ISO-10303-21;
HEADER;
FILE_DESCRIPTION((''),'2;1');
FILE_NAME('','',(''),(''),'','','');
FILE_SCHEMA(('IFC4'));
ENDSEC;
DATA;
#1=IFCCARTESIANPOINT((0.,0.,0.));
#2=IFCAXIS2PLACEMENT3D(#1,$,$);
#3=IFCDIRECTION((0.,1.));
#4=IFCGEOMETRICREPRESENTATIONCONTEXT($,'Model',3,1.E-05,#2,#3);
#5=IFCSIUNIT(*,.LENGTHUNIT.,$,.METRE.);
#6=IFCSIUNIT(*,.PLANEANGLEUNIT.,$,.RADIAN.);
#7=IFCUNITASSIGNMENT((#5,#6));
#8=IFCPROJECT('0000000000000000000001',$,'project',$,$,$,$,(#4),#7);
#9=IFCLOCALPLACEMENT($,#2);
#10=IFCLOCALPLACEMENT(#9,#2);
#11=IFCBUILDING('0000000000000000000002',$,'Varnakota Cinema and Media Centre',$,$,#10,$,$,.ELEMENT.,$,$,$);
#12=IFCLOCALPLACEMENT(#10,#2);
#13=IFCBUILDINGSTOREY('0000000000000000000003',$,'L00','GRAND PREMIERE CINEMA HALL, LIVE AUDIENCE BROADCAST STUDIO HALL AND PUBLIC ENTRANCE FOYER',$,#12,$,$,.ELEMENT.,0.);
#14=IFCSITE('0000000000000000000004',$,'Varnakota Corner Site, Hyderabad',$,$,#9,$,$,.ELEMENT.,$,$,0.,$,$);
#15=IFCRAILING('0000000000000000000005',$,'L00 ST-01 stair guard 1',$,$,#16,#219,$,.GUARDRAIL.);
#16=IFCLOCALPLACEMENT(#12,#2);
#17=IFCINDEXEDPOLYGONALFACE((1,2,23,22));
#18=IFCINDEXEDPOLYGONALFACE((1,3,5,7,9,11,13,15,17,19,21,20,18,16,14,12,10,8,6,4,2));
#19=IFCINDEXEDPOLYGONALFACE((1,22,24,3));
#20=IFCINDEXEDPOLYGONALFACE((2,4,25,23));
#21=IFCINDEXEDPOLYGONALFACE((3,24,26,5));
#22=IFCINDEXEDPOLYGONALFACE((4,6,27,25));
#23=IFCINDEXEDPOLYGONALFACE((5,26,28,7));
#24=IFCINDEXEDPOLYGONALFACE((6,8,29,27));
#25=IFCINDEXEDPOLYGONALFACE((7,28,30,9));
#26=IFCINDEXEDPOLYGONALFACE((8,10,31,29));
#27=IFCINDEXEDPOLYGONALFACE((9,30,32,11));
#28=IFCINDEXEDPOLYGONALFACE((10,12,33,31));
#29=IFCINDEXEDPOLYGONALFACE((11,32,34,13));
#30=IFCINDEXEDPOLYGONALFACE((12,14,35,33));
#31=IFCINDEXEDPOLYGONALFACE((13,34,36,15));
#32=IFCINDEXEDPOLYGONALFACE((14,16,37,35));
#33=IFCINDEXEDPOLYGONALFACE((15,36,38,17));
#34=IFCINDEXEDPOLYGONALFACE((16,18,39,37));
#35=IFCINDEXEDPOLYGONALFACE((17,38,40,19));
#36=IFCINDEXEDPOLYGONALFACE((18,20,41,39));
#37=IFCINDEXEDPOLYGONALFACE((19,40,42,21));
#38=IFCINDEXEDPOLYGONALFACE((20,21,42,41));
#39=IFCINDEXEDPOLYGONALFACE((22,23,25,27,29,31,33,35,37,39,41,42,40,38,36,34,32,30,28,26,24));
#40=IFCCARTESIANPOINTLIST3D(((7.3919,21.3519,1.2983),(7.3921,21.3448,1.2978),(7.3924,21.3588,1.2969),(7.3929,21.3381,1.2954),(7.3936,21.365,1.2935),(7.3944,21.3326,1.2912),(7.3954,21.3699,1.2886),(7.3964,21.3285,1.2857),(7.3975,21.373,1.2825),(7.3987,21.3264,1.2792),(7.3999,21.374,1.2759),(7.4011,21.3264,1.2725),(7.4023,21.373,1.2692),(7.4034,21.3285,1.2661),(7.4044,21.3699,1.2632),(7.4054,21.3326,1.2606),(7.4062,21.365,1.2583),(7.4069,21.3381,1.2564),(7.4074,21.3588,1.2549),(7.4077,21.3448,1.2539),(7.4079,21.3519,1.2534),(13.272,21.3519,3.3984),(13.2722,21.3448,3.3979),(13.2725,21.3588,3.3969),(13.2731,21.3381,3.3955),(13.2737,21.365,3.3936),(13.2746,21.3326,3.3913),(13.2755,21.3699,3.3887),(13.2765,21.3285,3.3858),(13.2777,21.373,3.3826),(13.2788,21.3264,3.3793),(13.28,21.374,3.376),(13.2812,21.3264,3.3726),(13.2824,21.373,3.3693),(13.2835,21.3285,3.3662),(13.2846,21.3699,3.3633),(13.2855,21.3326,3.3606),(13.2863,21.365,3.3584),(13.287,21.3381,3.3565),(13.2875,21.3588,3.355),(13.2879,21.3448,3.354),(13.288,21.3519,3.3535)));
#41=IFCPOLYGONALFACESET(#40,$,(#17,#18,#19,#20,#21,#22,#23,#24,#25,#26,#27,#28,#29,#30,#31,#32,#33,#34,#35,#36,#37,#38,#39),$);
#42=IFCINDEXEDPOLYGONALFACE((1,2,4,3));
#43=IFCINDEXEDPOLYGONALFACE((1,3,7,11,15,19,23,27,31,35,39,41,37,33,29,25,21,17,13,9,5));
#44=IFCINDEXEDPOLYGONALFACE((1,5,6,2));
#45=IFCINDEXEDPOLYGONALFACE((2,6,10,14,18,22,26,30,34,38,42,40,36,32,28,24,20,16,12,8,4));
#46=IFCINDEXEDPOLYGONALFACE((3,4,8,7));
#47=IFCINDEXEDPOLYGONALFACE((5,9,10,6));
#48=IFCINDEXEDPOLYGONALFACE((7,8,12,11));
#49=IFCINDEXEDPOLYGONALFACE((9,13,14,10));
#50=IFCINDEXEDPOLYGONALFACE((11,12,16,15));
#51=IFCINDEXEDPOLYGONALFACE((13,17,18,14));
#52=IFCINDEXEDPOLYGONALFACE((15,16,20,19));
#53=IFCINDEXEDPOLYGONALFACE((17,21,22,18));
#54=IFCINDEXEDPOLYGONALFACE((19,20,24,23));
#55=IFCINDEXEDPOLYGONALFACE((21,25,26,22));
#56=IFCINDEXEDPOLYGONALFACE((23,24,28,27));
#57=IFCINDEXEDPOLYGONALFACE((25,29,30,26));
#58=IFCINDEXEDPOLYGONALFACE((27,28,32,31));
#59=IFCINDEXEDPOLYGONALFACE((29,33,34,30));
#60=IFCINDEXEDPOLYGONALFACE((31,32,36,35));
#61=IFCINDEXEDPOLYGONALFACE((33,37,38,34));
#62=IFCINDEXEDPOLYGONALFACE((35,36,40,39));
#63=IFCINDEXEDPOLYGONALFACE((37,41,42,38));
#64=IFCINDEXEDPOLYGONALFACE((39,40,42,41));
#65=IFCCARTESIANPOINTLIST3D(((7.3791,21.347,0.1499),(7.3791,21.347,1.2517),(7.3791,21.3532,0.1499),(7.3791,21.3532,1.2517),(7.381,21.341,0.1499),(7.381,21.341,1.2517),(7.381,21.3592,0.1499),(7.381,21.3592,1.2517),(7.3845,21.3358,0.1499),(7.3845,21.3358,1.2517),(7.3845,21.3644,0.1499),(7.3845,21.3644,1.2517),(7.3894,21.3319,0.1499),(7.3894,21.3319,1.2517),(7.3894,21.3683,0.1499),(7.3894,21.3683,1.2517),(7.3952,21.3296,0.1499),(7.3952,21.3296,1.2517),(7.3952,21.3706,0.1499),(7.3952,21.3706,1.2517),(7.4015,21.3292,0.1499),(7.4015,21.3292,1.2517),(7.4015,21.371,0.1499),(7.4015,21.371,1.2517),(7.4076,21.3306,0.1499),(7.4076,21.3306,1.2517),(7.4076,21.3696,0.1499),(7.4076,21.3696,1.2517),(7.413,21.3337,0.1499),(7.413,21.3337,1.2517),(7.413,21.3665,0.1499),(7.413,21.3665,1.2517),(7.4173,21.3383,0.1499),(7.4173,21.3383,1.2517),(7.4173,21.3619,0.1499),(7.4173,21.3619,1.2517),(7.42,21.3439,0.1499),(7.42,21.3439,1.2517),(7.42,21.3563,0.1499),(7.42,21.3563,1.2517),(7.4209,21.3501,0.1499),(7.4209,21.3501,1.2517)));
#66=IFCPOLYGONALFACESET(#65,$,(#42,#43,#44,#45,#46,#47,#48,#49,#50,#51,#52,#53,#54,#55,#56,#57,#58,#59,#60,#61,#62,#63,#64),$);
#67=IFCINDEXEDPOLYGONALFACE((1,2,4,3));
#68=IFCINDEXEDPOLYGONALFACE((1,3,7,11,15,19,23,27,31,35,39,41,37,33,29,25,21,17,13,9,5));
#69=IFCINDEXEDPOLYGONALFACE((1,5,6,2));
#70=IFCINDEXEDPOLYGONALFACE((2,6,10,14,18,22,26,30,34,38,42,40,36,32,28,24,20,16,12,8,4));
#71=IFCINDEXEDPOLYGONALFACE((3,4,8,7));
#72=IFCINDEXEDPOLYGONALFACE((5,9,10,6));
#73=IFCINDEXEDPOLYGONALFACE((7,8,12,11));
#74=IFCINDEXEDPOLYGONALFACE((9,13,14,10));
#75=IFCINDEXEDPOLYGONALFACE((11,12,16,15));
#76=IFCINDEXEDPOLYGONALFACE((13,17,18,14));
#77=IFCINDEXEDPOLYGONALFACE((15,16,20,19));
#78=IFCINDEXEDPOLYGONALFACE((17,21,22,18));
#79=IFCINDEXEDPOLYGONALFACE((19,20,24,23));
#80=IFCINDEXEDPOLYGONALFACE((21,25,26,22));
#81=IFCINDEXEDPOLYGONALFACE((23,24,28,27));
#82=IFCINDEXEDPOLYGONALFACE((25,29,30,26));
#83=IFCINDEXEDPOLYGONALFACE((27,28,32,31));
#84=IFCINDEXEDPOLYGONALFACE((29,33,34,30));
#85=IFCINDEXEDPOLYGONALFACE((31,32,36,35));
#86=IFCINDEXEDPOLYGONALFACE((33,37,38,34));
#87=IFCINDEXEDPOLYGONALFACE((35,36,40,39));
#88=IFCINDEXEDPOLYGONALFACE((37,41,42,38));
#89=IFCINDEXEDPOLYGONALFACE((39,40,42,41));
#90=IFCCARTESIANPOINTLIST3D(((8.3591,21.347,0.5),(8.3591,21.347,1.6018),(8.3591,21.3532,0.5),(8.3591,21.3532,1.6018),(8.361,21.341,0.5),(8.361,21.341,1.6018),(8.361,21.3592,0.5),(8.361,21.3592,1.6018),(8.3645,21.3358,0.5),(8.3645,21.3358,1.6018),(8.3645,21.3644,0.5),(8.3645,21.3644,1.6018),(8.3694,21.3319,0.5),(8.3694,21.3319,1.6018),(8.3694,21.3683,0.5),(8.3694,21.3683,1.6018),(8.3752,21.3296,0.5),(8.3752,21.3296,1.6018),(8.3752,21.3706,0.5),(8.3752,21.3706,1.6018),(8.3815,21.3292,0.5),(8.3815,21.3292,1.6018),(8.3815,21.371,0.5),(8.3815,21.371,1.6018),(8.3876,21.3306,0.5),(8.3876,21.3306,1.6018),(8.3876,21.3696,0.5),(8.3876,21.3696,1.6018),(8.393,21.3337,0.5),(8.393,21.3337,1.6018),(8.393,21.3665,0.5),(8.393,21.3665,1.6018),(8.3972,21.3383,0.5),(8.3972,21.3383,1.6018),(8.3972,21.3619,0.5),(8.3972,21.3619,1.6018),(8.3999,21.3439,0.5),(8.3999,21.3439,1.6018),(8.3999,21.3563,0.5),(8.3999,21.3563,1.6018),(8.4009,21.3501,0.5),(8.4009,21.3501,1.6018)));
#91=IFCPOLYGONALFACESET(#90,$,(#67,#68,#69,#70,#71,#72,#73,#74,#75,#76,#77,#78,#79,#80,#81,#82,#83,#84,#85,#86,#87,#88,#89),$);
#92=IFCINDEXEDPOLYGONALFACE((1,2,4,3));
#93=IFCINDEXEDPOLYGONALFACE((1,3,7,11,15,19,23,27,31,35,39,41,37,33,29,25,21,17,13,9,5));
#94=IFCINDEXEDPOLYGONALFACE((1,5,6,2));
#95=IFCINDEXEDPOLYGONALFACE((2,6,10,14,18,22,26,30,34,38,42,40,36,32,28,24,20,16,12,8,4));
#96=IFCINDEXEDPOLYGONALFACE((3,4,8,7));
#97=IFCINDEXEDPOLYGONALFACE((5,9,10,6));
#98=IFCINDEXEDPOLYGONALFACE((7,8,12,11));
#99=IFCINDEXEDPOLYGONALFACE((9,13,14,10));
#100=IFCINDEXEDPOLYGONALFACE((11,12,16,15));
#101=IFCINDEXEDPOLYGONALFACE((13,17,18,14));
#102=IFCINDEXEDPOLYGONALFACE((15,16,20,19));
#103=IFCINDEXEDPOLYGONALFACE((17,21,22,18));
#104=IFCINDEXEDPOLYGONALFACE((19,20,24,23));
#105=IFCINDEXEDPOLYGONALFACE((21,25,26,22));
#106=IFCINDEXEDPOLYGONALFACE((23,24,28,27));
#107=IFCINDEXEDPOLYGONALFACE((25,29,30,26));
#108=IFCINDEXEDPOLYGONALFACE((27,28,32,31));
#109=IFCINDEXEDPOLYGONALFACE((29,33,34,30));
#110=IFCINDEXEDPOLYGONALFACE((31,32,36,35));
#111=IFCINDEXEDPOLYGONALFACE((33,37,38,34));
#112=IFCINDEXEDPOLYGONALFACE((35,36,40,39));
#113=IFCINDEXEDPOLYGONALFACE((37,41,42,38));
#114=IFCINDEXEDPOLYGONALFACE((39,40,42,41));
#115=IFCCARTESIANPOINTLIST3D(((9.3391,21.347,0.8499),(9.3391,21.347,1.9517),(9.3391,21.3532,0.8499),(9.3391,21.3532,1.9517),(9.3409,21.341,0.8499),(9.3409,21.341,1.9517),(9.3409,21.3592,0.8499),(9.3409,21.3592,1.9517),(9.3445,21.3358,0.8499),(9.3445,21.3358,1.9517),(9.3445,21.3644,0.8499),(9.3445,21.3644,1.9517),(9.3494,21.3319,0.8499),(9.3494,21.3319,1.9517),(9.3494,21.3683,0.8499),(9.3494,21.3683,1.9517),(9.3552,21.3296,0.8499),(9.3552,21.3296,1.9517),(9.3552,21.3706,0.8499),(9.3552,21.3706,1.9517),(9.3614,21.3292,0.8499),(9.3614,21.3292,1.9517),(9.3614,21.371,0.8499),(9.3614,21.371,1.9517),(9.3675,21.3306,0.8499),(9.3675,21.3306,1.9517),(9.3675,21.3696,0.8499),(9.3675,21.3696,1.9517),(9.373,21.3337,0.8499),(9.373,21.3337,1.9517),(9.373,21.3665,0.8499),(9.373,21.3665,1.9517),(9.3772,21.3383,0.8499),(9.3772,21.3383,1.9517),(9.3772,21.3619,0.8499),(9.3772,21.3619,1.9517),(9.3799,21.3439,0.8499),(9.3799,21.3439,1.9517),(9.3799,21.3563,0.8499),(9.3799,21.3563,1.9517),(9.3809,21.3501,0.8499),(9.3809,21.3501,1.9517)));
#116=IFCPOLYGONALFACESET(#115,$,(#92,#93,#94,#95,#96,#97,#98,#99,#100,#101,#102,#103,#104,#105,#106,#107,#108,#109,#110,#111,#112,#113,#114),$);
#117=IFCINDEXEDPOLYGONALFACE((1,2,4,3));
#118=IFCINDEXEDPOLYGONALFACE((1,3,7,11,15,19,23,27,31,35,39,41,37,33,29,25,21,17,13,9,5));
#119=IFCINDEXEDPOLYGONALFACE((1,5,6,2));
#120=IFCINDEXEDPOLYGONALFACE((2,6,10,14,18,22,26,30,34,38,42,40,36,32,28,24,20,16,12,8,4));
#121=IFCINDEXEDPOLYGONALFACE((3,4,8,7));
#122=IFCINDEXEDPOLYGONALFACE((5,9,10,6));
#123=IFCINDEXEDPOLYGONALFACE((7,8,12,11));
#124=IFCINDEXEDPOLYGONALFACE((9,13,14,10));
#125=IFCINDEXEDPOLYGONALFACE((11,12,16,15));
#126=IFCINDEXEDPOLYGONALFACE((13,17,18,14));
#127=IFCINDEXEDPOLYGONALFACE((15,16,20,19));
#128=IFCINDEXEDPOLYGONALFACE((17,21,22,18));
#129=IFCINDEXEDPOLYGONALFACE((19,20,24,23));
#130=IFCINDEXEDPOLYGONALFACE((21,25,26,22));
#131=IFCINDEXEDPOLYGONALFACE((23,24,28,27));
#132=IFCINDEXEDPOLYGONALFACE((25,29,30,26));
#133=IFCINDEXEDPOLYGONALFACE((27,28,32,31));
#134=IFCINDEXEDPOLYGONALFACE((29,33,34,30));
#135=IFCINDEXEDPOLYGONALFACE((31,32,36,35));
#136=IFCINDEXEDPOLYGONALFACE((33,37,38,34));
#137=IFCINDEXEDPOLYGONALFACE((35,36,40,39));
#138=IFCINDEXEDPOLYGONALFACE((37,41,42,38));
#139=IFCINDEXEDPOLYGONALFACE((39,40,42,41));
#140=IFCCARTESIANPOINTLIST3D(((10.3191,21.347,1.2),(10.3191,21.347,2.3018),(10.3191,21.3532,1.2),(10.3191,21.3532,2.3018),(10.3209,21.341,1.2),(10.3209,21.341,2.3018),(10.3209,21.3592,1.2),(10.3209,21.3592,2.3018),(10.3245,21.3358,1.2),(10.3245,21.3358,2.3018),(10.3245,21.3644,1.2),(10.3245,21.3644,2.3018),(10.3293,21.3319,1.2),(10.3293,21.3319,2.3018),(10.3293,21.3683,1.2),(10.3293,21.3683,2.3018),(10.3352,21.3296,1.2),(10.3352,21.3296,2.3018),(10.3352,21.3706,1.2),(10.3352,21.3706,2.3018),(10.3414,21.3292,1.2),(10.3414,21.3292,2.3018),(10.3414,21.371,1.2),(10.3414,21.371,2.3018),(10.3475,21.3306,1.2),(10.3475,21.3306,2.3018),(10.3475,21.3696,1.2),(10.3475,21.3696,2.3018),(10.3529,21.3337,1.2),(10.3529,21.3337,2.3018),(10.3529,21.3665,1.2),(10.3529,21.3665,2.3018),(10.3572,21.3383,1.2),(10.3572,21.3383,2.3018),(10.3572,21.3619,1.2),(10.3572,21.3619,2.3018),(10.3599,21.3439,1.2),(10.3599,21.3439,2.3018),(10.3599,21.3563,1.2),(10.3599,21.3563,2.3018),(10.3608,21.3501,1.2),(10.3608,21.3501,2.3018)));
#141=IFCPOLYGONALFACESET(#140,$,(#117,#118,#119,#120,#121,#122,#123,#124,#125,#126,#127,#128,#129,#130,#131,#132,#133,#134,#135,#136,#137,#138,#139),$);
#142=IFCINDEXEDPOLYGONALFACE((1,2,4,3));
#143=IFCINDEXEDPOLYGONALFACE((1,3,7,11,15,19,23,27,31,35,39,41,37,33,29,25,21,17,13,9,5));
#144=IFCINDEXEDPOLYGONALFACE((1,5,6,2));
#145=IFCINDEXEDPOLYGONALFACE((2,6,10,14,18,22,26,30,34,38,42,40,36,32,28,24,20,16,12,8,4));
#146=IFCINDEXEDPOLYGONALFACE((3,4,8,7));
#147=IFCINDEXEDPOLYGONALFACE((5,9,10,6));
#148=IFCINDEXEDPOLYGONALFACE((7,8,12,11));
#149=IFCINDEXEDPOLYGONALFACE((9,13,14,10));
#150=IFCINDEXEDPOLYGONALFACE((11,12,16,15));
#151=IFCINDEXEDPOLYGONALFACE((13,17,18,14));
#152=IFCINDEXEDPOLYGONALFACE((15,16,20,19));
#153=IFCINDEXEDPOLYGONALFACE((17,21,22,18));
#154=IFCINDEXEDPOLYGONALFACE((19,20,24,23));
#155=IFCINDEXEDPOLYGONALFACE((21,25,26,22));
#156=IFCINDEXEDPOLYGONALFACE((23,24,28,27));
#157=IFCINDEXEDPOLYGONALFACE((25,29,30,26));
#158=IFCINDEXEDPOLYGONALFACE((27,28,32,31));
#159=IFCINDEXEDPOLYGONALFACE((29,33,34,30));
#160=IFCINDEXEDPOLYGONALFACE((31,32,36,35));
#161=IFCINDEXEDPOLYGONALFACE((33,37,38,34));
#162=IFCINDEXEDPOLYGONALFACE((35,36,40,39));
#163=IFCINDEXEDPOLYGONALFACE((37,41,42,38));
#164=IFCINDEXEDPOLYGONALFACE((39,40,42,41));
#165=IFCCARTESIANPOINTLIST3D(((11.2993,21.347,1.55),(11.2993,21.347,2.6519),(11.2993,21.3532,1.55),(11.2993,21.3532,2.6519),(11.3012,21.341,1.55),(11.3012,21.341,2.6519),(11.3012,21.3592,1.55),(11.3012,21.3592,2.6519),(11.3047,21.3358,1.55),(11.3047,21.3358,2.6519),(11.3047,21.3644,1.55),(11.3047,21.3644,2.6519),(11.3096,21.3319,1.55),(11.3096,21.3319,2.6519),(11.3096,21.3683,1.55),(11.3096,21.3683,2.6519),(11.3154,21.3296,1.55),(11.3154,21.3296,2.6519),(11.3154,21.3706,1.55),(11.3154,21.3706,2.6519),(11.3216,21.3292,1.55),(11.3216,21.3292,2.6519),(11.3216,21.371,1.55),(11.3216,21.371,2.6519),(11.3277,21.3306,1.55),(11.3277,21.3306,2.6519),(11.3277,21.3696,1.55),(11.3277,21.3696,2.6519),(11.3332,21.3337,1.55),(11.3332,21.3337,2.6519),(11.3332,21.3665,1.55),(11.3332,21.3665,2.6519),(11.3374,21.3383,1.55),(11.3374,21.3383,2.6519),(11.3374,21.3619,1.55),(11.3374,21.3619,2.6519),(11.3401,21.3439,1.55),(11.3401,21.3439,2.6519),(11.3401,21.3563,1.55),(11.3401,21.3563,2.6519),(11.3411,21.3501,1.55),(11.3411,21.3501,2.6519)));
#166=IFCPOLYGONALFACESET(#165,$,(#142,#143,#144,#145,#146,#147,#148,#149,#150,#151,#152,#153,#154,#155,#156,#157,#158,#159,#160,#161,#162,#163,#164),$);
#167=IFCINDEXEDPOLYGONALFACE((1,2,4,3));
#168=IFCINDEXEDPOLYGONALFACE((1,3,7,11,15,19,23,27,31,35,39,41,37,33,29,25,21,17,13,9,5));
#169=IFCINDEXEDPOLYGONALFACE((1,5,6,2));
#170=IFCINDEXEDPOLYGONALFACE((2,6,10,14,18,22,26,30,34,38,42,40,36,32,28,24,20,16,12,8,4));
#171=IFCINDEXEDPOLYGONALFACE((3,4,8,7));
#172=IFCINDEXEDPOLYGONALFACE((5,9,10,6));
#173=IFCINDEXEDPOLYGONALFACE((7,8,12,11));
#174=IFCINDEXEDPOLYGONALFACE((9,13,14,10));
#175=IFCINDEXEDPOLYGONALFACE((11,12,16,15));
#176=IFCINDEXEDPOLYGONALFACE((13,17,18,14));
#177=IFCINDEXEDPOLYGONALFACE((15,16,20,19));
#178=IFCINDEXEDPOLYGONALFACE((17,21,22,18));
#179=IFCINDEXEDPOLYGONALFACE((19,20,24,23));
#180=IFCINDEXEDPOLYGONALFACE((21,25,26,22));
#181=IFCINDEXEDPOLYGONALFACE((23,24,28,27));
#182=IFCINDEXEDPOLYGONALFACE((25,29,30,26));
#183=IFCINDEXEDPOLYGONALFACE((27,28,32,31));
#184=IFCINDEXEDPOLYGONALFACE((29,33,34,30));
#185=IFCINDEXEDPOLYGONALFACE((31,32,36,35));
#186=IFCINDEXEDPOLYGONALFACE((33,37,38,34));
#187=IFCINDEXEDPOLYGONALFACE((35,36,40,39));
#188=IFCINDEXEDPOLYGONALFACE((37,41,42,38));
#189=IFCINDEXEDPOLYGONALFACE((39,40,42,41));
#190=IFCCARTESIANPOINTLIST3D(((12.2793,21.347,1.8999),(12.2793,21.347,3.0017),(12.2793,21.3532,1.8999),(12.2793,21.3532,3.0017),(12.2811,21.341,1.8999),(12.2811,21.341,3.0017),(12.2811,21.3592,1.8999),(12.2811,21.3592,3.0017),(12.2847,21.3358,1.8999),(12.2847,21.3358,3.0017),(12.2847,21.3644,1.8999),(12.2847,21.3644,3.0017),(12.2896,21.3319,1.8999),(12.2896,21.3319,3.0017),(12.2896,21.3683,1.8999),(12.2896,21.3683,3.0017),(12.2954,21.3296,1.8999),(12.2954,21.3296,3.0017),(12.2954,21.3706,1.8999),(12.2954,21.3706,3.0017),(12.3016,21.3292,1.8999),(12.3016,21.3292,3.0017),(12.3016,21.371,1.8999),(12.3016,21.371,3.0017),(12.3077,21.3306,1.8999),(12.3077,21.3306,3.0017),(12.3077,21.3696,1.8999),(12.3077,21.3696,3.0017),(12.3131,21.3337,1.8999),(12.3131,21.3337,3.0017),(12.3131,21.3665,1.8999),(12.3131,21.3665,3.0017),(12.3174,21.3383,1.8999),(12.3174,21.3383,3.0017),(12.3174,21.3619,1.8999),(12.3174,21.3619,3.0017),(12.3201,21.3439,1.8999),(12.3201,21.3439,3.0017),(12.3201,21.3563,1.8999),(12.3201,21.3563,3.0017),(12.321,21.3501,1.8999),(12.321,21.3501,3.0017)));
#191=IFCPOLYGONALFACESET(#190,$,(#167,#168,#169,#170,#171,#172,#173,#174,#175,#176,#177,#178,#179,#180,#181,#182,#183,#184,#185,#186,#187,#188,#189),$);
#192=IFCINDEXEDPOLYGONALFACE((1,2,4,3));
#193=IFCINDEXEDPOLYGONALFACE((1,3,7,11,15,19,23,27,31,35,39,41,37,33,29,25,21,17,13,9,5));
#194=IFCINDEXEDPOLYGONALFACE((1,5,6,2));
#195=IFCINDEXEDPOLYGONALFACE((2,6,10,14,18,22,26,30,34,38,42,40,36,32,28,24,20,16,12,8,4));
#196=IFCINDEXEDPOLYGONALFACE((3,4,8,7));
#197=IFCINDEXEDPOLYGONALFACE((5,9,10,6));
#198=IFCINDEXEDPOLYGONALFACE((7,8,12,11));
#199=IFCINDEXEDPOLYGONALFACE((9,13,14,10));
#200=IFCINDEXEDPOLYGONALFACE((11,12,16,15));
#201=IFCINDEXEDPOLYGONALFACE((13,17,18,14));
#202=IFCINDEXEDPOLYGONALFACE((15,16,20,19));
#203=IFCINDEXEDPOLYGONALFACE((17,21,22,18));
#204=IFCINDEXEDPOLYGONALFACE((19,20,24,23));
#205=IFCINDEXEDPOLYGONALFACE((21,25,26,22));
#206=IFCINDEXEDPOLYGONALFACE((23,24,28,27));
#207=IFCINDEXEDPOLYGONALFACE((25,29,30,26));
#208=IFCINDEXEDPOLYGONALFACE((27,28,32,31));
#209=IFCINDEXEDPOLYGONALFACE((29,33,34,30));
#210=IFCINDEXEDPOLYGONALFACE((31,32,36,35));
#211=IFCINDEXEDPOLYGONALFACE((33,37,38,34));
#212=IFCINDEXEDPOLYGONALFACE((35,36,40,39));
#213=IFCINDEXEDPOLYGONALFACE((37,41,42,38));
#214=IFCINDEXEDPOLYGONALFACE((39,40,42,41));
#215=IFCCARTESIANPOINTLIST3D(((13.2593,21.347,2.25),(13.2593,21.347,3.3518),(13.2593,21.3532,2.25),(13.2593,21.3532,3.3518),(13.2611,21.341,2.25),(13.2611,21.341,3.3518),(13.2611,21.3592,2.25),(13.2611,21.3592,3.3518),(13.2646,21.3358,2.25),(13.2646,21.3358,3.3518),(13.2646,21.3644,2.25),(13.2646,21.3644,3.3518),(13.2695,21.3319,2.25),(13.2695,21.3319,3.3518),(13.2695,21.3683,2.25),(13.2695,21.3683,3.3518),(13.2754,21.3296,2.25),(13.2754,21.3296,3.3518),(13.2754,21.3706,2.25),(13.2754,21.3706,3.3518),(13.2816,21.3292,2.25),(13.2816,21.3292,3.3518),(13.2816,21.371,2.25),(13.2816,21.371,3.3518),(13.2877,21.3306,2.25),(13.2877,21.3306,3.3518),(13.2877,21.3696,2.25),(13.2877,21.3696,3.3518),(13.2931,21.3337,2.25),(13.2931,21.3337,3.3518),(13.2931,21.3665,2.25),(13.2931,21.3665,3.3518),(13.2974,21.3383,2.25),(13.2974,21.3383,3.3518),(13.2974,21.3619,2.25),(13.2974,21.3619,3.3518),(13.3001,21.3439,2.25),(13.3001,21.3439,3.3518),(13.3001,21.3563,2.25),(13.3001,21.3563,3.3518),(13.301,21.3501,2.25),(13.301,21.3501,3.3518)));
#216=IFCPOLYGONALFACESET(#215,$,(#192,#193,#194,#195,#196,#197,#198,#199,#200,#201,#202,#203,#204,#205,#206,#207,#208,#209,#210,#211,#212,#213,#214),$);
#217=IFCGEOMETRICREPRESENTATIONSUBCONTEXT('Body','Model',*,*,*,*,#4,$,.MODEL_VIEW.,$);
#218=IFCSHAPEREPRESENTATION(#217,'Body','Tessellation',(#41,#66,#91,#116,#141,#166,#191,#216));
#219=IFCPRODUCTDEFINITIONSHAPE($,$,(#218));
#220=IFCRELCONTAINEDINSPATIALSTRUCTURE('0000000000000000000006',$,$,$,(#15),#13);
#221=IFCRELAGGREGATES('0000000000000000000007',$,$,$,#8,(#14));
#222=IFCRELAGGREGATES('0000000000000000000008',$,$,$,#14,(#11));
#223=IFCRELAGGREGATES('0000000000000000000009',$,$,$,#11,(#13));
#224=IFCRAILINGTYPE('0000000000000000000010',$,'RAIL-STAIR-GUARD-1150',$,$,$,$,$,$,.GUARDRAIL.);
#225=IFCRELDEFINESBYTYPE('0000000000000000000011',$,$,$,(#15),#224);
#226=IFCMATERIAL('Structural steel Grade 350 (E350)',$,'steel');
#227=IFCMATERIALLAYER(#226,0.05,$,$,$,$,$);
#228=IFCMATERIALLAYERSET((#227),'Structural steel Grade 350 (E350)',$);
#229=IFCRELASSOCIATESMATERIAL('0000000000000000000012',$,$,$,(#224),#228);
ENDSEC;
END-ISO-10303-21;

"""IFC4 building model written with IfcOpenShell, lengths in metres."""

from ifc_helpers import new_model, si_unit, direction, frame, origin, origin_2d, place, context, subcontext, project, spatial, circle, extrude, material, layer, layer_set, type_object, element, save


model = new_model("IFC4")

# Units and contexts
model_context = context("Model", 3, precision=1e-05, world=origin(), true_north=direction((0.0, 1.0)))
body_context = subcontext(model_context, "Body", "Model", "MODEL_VIEW")
ifc_project = project(units=[si_unit("LENGTHUNIT", "METRE"), si_unit("PLANEANGLEUNIT", "RADIAN")], contexts=[model_context])

# Site, building, storey
site_placement = place(None, origin())
site = spatial("IfcSite", under=ifc_project, at=site_placement, Name="Varnakota Corner Site, Hyderabad", CompositionType="ELEMENT", RefElevation=0.0)
building_placement = place(site_placement, origin())
building = spatial("IfcBuilding", under=site, at=building_placement, Name="Varnakota Cinema and Media Centre", CompositionType="ELEMENT")
storey_placement = place(building_placement, origin())
storey = spatial("IfcBuildingStorey", under=building, at=storey_placement, Name="L00", Description="GRAND PREMIERE CINEMA HALL, LIVE AUDIENCE BROADCAST STUDIO HALL AND PUBLIC ENTRANCE FOYER", CompositionType="ELEMENT", Elevation=0.0)

# Railing
ifc_material_1 = material(Name="Structural steel Grade 350 (E350)", Category="steel")
ifc_layer_1 = layer(ifc_material_1, 0.05)
ifc_layer_set_1 = layer_set([ifc_layer_1], Name="Structural steel Grade 350 (E350)")
railing_type_1 = type_object("IfcRailingType", Name="RAIL-STAIR-GUARD-1150", PredefinedType="GUARDRAIL", material=ifc_layer_set_1)
railing_1_placement = place(storey_placement, frame((7.3999, 21.3501, 0.1499)))
element("IfcRailing", 1, at=railing_1_placement, inside=storey, type_object=railing_type_1, Name="L00 ST-01 stair guard 1", PredefinedType="GUARDRAIL", context=body_context, shape_type="SweptSolid", body=[
    extrude(circle(Radius=0.0239, at=origin_2d()), frame((0.0, 0.0, 1.126), z_axis=(0.941739, 0.0, 0.336344), x_axis=(0.0, 1.0, 0.0)), (0.0, 0.0, 1.0), 6.2439),
    extrude(circle(Radius=0.021, at=origin_2d()), origin(), (0.0, 0.0, 1.0), 1.1018),
    extrude(circle(Radius=0.021, at=origin_2d()), frame((0.98, 0.0, 0.3501)), (0.0, 0.0, 1.0), 1.1018),
    extrude(circle(Radius=0.021, at=origin_2d()), frame((1.96, 0.0, 0.7)), (0.0, 0.0, 1.0), 1.1018),
    extrude(circle(Radius=0.021, at=origin_2d()), frame((2.9399, 0.0, 1.05)), (0.0, 0.0, 1.0), 1.1018),
    extrude(circle(Radius=0.021, at=origin_2d()), frame((3.9202, 0.0, 1.4001)), (0.0, 0.0, 1.0), 1.1018),
    extrude(circle(Radius=0.021, at=origin_2d()), frame((4.9001, 0.0, 1.75)), (0.0, 0.0, 1.0), 1.1018),
    extrude(circle(Radius=0.021, at=origin_2d()), frame((5.8801, 0.0, 2.1001)), (0.0, 0.0, 1.0), 1.1018),
])

save(model, "model.ifc")
